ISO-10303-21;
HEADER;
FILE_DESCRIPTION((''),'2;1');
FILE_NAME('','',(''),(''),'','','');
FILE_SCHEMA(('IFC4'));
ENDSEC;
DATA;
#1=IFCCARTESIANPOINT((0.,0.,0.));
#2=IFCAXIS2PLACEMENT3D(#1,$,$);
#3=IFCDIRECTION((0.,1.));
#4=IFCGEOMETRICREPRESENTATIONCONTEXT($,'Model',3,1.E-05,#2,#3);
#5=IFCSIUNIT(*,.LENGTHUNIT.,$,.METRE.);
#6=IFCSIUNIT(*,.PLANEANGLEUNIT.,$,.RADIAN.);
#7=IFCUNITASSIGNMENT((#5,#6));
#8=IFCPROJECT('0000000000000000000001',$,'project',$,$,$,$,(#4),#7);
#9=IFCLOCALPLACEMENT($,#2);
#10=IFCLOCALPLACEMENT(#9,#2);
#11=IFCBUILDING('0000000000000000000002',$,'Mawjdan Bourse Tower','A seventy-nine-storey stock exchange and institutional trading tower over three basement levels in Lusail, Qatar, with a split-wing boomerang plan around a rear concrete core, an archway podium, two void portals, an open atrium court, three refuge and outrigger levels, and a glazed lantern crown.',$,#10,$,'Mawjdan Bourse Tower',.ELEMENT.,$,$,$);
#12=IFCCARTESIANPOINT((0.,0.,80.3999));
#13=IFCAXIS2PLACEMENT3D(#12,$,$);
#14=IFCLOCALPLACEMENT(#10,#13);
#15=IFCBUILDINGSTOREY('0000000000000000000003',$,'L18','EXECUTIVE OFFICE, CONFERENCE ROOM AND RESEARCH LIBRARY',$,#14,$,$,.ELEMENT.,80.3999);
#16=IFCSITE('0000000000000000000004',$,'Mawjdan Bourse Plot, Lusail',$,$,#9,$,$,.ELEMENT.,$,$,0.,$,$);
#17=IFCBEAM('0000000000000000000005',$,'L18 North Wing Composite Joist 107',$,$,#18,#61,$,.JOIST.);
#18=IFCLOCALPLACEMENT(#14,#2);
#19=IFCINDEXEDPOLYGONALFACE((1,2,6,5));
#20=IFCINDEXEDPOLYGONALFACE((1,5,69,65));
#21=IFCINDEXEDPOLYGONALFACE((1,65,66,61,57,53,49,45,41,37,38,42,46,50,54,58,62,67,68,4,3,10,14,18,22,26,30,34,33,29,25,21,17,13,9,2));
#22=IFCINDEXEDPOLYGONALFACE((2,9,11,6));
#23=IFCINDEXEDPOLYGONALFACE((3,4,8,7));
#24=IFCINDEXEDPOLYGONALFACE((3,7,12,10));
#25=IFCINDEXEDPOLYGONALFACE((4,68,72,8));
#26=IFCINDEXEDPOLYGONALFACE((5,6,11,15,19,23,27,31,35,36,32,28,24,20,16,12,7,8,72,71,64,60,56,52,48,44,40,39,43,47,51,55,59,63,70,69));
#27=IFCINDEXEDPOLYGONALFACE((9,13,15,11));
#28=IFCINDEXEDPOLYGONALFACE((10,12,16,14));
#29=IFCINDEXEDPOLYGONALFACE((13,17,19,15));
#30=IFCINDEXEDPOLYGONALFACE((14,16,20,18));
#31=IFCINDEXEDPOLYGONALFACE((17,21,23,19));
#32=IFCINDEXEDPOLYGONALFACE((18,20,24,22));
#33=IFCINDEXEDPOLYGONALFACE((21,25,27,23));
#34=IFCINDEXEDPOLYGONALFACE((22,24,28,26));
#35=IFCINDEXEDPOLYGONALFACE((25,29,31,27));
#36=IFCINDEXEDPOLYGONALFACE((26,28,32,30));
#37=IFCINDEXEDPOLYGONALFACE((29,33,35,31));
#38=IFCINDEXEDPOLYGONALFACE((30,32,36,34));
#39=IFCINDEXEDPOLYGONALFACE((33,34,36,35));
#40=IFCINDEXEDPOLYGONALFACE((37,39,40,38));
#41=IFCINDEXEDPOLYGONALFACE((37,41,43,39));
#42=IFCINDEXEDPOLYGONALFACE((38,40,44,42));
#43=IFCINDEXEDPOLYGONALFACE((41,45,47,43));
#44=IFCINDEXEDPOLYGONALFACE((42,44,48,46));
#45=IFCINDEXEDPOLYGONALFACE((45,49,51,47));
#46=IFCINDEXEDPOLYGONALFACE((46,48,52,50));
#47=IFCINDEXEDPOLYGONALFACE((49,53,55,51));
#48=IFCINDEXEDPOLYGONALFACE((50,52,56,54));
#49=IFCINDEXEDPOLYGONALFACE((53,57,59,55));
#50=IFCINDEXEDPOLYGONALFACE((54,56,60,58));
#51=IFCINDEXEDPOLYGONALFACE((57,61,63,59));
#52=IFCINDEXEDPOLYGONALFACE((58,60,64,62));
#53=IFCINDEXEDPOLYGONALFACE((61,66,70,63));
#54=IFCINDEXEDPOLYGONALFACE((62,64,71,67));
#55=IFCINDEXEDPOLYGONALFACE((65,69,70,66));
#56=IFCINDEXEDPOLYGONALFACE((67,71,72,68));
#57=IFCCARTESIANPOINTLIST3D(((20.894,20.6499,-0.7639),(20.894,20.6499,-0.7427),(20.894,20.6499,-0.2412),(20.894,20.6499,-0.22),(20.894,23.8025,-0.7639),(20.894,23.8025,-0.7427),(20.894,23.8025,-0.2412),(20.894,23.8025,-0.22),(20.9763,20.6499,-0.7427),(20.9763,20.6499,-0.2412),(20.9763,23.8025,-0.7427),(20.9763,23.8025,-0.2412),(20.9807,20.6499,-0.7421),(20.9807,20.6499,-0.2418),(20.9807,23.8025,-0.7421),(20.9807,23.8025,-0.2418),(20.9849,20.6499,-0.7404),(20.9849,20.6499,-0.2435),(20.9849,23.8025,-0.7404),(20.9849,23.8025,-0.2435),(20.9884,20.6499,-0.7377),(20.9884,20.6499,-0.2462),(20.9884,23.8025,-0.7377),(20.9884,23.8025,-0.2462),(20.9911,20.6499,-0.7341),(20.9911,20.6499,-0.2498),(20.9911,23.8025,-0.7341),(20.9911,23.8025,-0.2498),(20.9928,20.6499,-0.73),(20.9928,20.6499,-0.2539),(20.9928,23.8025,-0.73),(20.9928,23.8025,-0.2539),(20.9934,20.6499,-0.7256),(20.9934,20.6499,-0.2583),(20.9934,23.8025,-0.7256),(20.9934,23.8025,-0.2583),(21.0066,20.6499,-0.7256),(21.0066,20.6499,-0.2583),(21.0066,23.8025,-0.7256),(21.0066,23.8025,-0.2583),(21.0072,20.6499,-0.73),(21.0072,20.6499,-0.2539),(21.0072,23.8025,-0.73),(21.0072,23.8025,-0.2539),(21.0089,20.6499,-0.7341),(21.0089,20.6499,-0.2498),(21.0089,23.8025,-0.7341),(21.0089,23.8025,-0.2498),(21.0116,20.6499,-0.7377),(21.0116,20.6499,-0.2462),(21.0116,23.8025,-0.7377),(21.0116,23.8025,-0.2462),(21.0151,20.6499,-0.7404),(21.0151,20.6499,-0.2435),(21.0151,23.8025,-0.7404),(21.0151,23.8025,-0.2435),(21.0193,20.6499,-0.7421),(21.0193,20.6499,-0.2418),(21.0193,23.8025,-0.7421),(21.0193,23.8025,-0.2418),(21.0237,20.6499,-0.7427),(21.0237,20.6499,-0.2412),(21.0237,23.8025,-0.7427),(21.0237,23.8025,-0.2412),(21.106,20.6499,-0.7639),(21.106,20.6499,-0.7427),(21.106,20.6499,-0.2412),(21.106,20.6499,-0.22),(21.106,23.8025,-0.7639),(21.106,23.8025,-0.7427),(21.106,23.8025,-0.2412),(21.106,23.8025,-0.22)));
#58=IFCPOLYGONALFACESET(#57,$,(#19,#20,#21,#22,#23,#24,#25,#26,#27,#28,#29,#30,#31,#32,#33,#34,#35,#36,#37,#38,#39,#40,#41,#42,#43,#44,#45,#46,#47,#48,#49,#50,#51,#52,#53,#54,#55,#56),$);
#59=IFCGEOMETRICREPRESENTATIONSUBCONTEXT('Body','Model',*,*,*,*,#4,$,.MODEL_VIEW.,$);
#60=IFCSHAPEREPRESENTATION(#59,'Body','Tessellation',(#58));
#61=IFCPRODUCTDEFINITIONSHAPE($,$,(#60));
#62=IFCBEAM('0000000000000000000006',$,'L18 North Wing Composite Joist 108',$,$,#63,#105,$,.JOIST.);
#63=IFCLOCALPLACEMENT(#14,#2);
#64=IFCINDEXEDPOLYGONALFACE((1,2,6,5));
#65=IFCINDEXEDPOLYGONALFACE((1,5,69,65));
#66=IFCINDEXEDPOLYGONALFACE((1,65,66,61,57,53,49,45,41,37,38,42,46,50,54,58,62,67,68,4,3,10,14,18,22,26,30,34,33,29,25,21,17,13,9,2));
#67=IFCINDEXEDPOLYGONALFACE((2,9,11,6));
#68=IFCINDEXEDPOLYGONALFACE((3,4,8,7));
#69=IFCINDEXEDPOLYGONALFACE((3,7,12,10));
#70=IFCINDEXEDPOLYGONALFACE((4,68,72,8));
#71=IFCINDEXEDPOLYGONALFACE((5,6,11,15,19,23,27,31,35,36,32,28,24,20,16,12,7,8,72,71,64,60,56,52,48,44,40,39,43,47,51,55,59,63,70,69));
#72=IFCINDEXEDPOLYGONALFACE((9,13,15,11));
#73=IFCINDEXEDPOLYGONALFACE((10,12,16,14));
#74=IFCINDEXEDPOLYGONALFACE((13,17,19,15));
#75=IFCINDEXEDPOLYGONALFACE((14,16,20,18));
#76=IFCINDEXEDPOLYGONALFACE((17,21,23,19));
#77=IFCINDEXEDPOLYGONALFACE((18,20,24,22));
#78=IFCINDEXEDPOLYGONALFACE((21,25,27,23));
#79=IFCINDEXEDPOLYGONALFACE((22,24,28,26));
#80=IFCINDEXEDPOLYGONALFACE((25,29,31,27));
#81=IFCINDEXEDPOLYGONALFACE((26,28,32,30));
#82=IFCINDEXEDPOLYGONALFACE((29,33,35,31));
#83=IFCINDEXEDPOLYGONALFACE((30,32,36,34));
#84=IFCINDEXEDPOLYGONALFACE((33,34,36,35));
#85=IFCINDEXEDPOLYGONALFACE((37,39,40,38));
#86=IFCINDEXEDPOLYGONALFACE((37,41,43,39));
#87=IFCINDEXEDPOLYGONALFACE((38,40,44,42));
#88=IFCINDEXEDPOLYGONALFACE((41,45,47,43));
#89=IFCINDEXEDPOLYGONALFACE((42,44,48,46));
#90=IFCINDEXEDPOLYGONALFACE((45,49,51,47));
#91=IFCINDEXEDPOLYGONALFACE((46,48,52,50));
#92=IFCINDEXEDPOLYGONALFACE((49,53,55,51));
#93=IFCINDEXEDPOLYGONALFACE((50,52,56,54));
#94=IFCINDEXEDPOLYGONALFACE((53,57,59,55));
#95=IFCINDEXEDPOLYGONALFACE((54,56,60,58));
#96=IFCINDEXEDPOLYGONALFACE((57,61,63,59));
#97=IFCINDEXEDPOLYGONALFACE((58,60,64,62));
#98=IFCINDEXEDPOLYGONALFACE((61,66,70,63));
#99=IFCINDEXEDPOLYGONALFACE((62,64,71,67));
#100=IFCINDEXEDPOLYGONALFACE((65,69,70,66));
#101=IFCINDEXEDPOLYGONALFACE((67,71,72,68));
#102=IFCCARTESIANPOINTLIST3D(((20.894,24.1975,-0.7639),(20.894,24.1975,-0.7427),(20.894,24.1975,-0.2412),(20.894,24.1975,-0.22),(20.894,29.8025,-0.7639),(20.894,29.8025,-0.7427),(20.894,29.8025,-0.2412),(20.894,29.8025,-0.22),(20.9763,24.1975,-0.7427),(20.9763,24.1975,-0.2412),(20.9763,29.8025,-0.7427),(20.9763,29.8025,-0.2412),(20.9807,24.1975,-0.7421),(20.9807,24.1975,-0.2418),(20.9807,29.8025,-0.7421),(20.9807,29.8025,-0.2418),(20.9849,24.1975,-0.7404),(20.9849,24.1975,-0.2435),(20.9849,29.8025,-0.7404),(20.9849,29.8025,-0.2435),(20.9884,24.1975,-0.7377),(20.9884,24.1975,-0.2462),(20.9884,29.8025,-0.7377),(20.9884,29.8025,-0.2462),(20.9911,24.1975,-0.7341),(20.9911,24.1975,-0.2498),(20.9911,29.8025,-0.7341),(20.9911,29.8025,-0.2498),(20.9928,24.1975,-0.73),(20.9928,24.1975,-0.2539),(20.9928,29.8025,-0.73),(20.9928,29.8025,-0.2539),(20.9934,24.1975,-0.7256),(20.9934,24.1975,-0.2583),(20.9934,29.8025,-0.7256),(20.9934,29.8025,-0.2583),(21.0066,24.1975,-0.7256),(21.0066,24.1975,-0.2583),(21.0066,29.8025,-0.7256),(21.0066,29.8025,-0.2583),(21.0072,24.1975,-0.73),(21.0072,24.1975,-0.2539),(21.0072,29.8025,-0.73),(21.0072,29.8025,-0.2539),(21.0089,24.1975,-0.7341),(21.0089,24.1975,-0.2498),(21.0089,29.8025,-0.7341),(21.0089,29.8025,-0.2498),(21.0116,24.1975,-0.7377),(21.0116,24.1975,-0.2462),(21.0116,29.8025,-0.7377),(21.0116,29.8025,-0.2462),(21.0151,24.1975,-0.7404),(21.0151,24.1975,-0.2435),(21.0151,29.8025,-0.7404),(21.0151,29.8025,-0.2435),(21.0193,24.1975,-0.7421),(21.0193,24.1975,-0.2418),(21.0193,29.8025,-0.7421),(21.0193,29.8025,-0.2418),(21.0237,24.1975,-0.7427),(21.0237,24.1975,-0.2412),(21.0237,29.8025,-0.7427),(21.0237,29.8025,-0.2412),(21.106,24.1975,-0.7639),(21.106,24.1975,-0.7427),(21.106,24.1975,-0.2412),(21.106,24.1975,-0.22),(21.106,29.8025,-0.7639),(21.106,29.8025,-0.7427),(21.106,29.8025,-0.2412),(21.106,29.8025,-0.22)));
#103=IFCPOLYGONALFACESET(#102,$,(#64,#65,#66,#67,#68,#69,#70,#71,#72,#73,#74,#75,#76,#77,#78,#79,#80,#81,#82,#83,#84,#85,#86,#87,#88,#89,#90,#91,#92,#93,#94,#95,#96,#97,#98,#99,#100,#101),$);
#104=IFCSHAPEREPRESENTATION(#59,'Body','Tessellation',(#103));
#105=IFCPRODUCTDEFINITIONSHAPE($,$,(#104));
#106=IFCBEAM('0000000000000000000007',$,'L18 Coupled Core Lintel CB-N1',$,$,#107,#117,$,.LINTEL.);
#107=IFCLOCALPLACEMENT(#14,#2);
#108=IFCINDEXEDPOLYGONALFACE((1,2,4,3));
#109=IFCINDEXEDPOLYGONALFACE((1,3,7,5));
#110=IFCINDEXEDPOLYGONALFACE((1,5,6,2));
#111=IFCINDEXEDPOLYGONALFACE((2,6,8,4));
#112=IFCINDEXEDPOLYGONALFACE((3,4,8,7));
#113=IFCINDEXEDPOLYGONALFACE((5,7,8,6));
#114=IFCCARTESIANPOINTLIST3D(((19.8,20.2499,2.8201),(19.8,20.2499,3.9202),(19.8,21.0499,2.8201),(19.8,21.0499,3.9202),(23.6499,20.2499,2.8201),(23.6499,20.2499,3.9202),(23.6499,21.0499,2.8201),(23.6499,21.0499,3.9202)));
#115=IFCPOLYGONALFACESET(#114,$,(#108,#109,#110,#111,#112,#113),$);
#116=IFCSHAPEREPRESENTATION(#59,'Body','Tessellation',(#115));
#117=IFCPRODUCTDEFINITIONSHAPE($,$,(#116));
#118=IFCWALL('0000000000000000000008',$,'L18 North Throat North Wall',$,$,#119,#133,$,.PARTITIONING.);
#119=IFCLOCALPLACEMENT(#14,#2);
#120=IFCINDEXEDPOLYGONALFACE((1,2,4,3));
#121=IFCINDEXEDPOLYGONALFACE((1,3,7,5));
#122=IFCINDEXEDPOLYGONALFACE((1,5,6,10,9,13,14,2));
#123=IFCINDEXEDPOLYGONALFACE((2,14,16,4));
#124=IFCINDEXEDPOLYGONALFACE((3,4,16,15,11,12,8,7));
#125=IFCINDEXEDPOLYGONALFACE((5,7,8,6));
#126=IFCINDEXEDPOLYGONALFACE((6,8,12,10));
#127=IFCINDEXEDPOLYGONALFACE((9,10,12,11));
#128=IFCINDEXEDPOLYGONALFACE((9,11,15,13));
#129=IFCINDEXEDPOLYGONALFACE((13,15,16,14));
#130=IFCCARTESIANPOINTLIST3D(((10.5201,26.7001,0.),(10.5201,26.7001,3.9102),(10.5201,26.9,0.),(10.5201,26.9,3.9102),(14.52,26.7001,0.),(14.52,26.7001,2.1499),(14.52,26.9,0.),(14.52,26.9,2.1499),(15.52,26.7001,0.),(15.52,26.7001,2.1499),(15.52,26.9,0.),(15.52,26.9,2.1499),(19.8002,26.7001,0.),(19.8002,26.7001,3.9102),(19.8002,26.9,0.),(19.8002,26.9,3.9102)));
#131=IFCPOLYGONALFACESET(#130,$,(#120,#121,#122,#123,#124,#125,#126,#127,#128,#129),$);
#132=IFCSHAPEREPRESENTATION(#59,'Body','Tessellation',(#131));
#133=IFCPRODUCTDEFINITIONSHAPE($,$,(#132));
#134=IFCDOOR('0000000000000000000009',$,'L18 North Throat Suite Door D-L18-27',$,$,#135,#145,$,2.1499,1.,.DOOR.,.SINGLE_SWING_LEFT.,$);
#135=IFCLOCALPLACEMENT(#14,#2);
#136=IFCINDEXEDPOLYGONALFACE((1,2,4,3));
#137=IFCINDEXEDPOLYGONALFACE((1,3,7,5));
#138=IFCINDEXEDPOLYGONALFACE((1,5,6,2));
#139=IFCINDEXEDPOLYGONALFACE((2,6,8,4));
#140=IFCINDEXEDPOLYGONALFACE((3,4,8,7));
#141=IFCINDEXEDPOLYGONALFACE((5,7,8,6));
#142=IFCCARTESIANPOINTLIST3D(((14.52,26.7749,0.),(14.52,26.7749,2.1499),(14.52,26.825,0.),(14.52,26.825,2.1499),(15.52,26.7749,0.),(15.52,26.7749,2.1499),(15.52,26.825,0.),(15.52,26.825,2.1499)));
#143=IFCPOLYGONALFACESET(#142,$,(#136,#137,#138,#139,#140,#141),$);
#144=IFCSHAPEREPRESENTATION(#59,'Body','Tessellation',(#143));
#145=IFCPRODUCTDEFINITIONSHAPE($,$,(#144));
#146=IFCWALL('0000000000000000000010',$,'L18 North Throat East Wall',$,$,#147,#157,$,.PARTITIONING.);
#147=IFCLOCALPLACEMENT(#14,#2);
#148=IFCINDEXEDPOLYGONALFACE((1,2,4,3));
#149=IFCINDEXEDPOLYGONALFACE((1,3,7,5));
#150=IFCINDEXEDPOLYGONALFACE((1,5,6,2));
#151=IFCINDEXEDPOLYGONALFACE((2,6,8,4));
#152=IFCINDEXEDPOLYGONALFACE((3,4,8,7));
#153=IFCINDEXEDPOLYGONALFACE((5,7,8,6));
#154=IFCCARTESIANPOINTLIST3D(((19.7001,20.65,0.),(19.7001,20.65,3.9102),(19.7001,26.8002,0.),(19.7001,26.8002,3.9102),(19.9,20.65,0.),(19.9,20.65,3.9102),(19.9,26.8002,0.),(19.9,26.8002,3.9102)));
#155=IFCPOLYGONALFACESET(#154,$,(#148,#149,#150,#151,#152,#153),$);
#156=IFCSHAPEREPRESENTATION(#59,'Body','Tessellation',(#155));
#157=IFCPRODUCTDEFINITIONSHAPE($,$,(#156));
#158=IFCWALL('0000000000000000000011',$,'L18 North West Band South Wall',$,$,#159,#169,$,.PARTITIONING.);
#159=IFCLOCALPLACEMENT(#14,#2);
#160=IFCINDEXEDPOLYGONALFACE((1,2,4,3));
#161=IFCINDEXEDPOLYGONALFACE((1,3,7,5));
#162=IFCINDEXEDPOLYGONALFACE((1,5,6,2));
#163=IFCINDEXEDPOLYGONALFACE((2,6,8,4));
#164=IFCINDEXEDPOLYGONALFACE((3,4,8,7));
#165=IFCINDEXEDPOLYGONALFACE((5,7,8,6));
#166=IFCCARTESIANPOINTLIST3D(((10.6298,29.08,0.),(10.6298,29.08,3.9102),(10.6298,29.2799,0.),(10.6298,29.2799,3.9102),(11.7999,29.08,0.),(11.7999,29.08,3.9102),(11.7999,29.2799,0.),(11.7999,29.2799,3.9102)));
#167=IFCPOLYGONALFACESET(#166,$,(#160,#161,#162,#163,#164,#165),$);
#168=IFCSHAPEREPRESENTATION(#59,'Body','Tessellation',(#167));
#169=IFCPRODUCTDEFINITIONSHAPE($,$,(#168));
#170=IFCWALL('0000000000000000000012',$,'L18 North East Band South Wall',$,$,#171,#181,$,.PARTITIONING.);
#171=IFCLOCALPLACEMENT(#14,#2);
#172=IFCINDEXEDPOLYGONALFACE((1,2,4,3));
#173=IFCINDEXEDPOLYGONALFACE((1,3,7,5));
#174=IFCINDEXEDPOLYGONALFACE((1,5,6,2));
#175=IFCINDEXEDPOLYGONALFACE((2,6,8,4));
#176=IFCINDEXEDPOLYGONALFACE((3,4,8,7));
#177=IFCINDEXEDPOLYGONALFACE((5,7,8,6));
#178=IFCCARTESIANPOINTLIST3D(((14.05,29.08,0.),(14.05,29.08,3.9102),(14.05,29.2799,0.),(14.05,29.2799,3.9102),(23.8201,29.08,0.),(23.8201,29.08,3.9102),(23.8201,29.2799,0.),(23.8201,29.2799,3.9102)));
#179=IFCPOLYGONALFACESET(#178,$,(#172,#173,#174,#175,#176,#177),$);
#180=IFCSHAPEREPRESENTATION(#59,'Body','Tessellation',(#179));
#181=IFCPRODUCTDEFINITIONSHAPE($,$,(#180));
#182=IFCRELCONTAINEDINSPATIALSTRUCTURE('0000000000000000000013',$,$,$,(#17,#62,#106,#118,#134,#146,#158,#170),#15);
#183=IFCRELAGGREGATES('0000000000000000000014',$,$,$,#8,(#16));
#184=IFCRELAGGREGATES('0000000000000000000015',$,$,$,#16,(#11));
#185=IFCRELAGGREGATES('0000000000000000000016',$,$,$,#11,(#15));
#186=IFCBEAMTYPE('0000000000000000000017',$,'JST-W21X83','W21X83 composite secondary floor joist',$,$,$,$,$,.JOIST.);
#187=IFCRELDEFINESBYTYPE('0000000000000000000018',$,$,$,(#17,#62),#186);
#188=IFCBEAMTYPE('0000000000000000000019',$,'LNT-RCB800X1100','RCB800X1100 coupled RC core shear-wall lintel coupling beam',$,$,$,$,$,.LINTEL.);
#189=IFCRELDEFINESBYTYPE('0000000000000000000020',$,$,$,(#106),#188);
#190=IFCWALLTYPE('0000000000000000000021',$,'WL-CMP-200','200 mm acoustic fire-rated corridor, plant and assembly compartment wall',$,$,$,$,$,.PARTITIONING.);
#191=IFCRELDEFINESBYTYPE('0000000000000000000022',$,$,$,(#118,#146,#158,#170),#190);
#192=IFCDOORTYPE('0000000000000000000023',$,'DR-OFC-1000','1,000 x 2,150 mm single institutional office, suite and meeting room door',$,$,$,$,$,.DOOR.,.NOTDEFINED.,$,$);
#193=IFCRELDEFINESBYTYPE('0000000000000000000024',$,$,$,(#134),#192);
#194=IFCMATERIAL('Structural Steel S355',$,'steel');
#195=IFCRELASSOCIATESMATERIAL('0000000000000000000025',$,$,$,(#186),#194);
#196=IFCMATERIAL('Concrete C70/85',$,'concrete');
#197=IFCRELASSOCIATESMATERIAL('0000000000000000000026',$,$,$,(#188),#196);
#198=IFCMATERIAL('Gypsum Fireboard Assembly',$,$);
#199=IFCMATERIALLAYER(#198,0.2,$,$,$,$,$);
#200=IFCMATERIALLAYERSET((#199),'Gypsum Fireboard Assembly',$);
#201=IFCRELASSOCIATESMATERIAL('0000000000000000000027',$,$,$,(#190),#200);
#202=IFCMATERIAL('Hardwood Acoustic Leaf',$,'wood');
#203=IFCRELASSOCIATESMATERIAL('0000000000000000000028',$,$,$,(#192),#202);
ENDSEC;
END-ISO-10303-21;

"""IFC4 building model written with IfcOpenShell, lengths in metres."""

from ifc_helpers import new_model, si_unit, direction, frame, frame_2d, origin, origin_2d, place, context, subcontext, project, spatial, rectangle, i_section, extrude, material, layer, layer_set, material_profile, profile_set, type_object, element, fill, save


model = new_model("IFC4")

# Units and contexts
model_context = context("Model", 3, precision=1e-05, world=origin(), true_north=direction((0.0, 1.0)))
body_context = subcontext(model_context, "Body", "Model", "MODEL_VIEW")
ifc_project = project(units=[si_unit("LENGTHUNIT", "METRE"), si_unit("PLANEANGLEUNIT", "RADIAN")], contexts=[model_context])

# Site, building, storey
site_placement = place(None, origin())
site = spatial("IfcSite", under=ifc_project, at=site_placement, Name="Mawjdan Bourse Plot, Lusail", CompositionType="ELEMENT", RefElevation=0.0)
building_placement = place(site_placement, origin())
building = spatial("IfcBuilding", under=site, at=building_placement, Name="Mawjdan Bourse Tower", Description="A seventy-nine-storey stock exchange and institutional trading tower over three basement levels in Lusail, Qatar, with a split-wing boomerang plan around a rear concrete core, an archway podium, two void portals, an open atrium court, three refuge and outrigger levels, and a glazed lantern crown.", LongName="Mawjdan Bourse Tower", CompositionType="ELEMENT")
storey_placement = place(building_placement, frame((0.0, 0.0, 80.3999)))
storey = spatial("IfcBuildingStorey", under=building, at=storey_placement, Name="L18", Description="EXECUTIVE OFFICE, CONFERENCE ROOM AND RESEARCH LIBRARY", CompositionType="ELEMENT", Elevation=80.3999)

# Beams
ifc_material_1 = material(Name="Structural Steel S355", Category="steel")
ifc_material_profile_1 = material_profile(ifc_material_1, i_section(OverallWidth=0.2119, OverallDepth=0.5439, WebThickness=0.0132, FlangeThickness=0.0212, FilletRadius=0.0171, at=origin_2d()), Name="W21X83")
ifc_profile_set_1 = profile_set([ifc_material_profile_1], Name="Structural Steel S355")
beam_type_1 = type_object("IfcBeamType", Name="JST-W21X83", Description="W21X83 composite secondary floor joist", PredefinedType="JOIST", material=ifc_profile_set_1)
beam_1_placement = place(storey_placement, frame((21.0, 20.6499, -0.4919), z_axis=(0.0, 1.0, 0.0), x_axis=(-1.0, 0.0, 0.0)))
element("IfcBeam", 1, at=beam_1_placement, inside=storey, type_object=beam_type_1, Name="L18 North Wing Composite Joist 107", PredefinedType="JOIST", context=body_context, shape_type="SweptSolid", body=[
    extrude(i_section(OverallWidth=0.2119, OverallDepth=0.5439, WebThickness=0.0132, FlangeThickness=0.0212, FilletRadius=0.0171, at=origin_2d()), origin(), (0.0, 0.0, 1.0), 3.1526),
])
beam_2_placement = place(storey_placement, frame((21.0, 24.1975, -0.4919), z_axis=(0.0, 1.0, 0.0), x_axis=(-1.0, 0.0, 0.0)))
element("IfcBeam", 2, at=beam_2_placement, inside=storey, type_object=beam_type_1, Name="L18 North Wing Composite Joist 108", PredefinedType="JOIST", context=body_context, shape_type="SweptSolid", body=[
    extrude(i_section(OverallWidth=0.2119, OverallDepth=0.5439, WebThickness=0.0132, FlangeThickness=0.0212, FilletRadius=0.0171, at=origin_2d()), origin(), (0.0, 0.0, 1.0), 5.605),
])
ifc_material_2 = material(Name="Concrete C70/85", Category="concrete")
ifc_material_profile_2 = material_profile(ifc_material_2, rectangle(XDim=0.8, YDim=1.1001, at=origin_2d()), Name="RCB800X1100")
ifc_profile_set_2 = profile_set([ifc_material_profile_2], Name="Concrete C70/85")
beam_type_2 = type_object("IfcBeamType", Name="LNT-RCB800X1100", Description="RCB800X1100 coupled RC core shear-wall lintel coupling beam", PredefinedType="LINTEL", material=ifc_profile_set_2)
beam_3_placement = place(storey_placement, frame((19.8, 20.6499, 3.3701), z_axis=(1.0, 0.0, 0.0), x_axis=(0.0, 1.0, 0.0)))
element("IfcBeam", 3, at=beam_3_placement, inside=storey, type_object=beam_type_2, Name="L18 Coupled Core Lintel CB-N1", PredefinedType="LINTEL", context=body_context, shape_type="SweptSolid", body=[
    extrude(rectangle(XDim=0.8, YDim=1.1001, at=origin_2d()), origin(), (0.0, 0.0, 1.0), 3.8499),
])

# Wall, opening, door
ifc_material_3 = material(Name="Gypsum Fireboard Assembly")
ifc_layer = layer(ifc_material_3, 0.2)
ifc_layer_set = layer_set([ifc_layer], Name="Gypsum Fireboard Assembly")
wall_type = type_object("IfcWallType", Name="WL-CMP-200", Description="200 mm acoustic fire-rated corridor, plant and assembly compartment wall", PredefinedType="PARTITIONING", material=ifc_layer_set)
wall_1_placement = place(storey_placement, frame((10.52, 26.8, 0.0), z_axis=(0.0, 0.0, 1.0), x_axis=(1.0, 0.0, 0.0)))
wall_1 = element("IfcWall", 4, at=wall_1_placement, inside=storey, type_object=wall_type, Name="L18 North Throat North Wall", PredefinedType="PARTITIONING", context=body_context, shape_type="SweptSolid", body=[
    extrude(rectangle(XDim=9.28, YDim=0.2, at=frame_2d((4.6401, 0.0))), origin(), (0.0, 0.0, 1.0), 3.9102),
])
opening_1_placement = place(wall_1_placement, frame((4.0, 0.0, 0.0)))
opening_1 = element("IfcOpeningElement", 5, at=opening_1_placement, cuts=wall_1, PredefinedType="OPENING", context=body_context, shape_type="SweptSolid", body=[
    extrude(rectangle(XDim=1.0, YDim=2.1499, at=frame_2d((0.5, 1.075))), frame((0.0, 0.1099, 0.0), z_axis=(0.0, -1.0, 0.0), x_axis=(1.0, 0.0, 0.0)), (0.0, 0.0, 1.0), 0.22),
])
ifc_material_4 = material(Name="Hardwood Acoustic Leaf", Category="wood")
door_type_1 = type_object("IfcDoorType", Name="DR-OFC-1000", Description="1,000 x 2,150 mm single institutional office, suite and meeting room door", OperationType="NOTDEFINED", PredefinedType="DOOR", material=ifc_material_4)
door_1_placement = place(opening_1_placement, origin())
door_1 = element("IfcDoor", 6, at=door_1_placement, inside=storey, type_object=door_type_1, Name="L18 North Throat Suite Door D-L18-27", OperationType="SINGLE_SWING_LEFT", OverallHeight=2.1499, OverallWidth=1.0, PredefinedType="DOOR", context=body_context, shape_type="SweptSolid", body=[
    extrude(rectangle(XDim=1.0, YDim=2.1499, at=frame_2d((0.5, 1.075))), frame((0.0, 0.0249, 0.0), z_axis=(0.0, -1.0, 0.0), x_axis=(1.0, 0.0, 0.0)), (0.0, 0.0, 1.0), 0.05),
])
fill(opening_1, door_1)

# Walls
wall_2_placement = place(storey_placement, frame((19.8, 20.6499, 0.0), z_axis=(0.0, 0.0, 1.0), x_axis=(0.0, 1.0, 0.0)))
element("IfcWall", 7, at=wall_2_placement, inside=storey, type_object=wall_type, Name="L18 North Throat East Wall", PredefinedType="PARTITIONING", context=body_context, shape_type="SweptSolid", body=[
    extrude(rectangle(XDim=6.1501, YDim=0.2, at=frame_2d((3.0752, 0.0))), origin(), (0.0, 0.0, 1.0), 3.9102),
])
wall_3_placement = place(storey_placement, frame((10.6299, 29.1799, 0.0), z_axis=(0.0, 0.0, 1.0), x_axis=(1.0, 0.0, 0.0)))
element("IfcWall", 8, at=wall_3_placement, inside=storey, type_object=wall_type, Name="L18 North West Band South Wall", PredefinedType="PARTITIONING", context=body_context, shape_type="SweptSolid", body=[
    extrude(rectangle(XDim=1.1702, YDim=0.2, at=frame_2d((0.585, 0.0))), origin(), (0.0, 0.0, 1.0), 3.9102),
])
wall_4_placement = place(storey_placement, frame((14.05, 29.1799, 0.0), z_axis=(0.0, 0.0, 1.0), x_axis=(1.0, 0.0, 0.0)))
element("IfcWall", 9, at=wall_4_placement, inside=storey, type_object=wall_type, Name="L18 North East Band South Wall", PredefinedType="PARTITIONING", context=body_context, shape_type="SweptSolid", body=[
    extrude(rectangle(XDim=9.77, YDim=0.2, at=frame_2d((4.885, 0.0))), origin(), (0.0, 0.0, 1.0), 3.9102),
])

save(model, "model.ifc")
